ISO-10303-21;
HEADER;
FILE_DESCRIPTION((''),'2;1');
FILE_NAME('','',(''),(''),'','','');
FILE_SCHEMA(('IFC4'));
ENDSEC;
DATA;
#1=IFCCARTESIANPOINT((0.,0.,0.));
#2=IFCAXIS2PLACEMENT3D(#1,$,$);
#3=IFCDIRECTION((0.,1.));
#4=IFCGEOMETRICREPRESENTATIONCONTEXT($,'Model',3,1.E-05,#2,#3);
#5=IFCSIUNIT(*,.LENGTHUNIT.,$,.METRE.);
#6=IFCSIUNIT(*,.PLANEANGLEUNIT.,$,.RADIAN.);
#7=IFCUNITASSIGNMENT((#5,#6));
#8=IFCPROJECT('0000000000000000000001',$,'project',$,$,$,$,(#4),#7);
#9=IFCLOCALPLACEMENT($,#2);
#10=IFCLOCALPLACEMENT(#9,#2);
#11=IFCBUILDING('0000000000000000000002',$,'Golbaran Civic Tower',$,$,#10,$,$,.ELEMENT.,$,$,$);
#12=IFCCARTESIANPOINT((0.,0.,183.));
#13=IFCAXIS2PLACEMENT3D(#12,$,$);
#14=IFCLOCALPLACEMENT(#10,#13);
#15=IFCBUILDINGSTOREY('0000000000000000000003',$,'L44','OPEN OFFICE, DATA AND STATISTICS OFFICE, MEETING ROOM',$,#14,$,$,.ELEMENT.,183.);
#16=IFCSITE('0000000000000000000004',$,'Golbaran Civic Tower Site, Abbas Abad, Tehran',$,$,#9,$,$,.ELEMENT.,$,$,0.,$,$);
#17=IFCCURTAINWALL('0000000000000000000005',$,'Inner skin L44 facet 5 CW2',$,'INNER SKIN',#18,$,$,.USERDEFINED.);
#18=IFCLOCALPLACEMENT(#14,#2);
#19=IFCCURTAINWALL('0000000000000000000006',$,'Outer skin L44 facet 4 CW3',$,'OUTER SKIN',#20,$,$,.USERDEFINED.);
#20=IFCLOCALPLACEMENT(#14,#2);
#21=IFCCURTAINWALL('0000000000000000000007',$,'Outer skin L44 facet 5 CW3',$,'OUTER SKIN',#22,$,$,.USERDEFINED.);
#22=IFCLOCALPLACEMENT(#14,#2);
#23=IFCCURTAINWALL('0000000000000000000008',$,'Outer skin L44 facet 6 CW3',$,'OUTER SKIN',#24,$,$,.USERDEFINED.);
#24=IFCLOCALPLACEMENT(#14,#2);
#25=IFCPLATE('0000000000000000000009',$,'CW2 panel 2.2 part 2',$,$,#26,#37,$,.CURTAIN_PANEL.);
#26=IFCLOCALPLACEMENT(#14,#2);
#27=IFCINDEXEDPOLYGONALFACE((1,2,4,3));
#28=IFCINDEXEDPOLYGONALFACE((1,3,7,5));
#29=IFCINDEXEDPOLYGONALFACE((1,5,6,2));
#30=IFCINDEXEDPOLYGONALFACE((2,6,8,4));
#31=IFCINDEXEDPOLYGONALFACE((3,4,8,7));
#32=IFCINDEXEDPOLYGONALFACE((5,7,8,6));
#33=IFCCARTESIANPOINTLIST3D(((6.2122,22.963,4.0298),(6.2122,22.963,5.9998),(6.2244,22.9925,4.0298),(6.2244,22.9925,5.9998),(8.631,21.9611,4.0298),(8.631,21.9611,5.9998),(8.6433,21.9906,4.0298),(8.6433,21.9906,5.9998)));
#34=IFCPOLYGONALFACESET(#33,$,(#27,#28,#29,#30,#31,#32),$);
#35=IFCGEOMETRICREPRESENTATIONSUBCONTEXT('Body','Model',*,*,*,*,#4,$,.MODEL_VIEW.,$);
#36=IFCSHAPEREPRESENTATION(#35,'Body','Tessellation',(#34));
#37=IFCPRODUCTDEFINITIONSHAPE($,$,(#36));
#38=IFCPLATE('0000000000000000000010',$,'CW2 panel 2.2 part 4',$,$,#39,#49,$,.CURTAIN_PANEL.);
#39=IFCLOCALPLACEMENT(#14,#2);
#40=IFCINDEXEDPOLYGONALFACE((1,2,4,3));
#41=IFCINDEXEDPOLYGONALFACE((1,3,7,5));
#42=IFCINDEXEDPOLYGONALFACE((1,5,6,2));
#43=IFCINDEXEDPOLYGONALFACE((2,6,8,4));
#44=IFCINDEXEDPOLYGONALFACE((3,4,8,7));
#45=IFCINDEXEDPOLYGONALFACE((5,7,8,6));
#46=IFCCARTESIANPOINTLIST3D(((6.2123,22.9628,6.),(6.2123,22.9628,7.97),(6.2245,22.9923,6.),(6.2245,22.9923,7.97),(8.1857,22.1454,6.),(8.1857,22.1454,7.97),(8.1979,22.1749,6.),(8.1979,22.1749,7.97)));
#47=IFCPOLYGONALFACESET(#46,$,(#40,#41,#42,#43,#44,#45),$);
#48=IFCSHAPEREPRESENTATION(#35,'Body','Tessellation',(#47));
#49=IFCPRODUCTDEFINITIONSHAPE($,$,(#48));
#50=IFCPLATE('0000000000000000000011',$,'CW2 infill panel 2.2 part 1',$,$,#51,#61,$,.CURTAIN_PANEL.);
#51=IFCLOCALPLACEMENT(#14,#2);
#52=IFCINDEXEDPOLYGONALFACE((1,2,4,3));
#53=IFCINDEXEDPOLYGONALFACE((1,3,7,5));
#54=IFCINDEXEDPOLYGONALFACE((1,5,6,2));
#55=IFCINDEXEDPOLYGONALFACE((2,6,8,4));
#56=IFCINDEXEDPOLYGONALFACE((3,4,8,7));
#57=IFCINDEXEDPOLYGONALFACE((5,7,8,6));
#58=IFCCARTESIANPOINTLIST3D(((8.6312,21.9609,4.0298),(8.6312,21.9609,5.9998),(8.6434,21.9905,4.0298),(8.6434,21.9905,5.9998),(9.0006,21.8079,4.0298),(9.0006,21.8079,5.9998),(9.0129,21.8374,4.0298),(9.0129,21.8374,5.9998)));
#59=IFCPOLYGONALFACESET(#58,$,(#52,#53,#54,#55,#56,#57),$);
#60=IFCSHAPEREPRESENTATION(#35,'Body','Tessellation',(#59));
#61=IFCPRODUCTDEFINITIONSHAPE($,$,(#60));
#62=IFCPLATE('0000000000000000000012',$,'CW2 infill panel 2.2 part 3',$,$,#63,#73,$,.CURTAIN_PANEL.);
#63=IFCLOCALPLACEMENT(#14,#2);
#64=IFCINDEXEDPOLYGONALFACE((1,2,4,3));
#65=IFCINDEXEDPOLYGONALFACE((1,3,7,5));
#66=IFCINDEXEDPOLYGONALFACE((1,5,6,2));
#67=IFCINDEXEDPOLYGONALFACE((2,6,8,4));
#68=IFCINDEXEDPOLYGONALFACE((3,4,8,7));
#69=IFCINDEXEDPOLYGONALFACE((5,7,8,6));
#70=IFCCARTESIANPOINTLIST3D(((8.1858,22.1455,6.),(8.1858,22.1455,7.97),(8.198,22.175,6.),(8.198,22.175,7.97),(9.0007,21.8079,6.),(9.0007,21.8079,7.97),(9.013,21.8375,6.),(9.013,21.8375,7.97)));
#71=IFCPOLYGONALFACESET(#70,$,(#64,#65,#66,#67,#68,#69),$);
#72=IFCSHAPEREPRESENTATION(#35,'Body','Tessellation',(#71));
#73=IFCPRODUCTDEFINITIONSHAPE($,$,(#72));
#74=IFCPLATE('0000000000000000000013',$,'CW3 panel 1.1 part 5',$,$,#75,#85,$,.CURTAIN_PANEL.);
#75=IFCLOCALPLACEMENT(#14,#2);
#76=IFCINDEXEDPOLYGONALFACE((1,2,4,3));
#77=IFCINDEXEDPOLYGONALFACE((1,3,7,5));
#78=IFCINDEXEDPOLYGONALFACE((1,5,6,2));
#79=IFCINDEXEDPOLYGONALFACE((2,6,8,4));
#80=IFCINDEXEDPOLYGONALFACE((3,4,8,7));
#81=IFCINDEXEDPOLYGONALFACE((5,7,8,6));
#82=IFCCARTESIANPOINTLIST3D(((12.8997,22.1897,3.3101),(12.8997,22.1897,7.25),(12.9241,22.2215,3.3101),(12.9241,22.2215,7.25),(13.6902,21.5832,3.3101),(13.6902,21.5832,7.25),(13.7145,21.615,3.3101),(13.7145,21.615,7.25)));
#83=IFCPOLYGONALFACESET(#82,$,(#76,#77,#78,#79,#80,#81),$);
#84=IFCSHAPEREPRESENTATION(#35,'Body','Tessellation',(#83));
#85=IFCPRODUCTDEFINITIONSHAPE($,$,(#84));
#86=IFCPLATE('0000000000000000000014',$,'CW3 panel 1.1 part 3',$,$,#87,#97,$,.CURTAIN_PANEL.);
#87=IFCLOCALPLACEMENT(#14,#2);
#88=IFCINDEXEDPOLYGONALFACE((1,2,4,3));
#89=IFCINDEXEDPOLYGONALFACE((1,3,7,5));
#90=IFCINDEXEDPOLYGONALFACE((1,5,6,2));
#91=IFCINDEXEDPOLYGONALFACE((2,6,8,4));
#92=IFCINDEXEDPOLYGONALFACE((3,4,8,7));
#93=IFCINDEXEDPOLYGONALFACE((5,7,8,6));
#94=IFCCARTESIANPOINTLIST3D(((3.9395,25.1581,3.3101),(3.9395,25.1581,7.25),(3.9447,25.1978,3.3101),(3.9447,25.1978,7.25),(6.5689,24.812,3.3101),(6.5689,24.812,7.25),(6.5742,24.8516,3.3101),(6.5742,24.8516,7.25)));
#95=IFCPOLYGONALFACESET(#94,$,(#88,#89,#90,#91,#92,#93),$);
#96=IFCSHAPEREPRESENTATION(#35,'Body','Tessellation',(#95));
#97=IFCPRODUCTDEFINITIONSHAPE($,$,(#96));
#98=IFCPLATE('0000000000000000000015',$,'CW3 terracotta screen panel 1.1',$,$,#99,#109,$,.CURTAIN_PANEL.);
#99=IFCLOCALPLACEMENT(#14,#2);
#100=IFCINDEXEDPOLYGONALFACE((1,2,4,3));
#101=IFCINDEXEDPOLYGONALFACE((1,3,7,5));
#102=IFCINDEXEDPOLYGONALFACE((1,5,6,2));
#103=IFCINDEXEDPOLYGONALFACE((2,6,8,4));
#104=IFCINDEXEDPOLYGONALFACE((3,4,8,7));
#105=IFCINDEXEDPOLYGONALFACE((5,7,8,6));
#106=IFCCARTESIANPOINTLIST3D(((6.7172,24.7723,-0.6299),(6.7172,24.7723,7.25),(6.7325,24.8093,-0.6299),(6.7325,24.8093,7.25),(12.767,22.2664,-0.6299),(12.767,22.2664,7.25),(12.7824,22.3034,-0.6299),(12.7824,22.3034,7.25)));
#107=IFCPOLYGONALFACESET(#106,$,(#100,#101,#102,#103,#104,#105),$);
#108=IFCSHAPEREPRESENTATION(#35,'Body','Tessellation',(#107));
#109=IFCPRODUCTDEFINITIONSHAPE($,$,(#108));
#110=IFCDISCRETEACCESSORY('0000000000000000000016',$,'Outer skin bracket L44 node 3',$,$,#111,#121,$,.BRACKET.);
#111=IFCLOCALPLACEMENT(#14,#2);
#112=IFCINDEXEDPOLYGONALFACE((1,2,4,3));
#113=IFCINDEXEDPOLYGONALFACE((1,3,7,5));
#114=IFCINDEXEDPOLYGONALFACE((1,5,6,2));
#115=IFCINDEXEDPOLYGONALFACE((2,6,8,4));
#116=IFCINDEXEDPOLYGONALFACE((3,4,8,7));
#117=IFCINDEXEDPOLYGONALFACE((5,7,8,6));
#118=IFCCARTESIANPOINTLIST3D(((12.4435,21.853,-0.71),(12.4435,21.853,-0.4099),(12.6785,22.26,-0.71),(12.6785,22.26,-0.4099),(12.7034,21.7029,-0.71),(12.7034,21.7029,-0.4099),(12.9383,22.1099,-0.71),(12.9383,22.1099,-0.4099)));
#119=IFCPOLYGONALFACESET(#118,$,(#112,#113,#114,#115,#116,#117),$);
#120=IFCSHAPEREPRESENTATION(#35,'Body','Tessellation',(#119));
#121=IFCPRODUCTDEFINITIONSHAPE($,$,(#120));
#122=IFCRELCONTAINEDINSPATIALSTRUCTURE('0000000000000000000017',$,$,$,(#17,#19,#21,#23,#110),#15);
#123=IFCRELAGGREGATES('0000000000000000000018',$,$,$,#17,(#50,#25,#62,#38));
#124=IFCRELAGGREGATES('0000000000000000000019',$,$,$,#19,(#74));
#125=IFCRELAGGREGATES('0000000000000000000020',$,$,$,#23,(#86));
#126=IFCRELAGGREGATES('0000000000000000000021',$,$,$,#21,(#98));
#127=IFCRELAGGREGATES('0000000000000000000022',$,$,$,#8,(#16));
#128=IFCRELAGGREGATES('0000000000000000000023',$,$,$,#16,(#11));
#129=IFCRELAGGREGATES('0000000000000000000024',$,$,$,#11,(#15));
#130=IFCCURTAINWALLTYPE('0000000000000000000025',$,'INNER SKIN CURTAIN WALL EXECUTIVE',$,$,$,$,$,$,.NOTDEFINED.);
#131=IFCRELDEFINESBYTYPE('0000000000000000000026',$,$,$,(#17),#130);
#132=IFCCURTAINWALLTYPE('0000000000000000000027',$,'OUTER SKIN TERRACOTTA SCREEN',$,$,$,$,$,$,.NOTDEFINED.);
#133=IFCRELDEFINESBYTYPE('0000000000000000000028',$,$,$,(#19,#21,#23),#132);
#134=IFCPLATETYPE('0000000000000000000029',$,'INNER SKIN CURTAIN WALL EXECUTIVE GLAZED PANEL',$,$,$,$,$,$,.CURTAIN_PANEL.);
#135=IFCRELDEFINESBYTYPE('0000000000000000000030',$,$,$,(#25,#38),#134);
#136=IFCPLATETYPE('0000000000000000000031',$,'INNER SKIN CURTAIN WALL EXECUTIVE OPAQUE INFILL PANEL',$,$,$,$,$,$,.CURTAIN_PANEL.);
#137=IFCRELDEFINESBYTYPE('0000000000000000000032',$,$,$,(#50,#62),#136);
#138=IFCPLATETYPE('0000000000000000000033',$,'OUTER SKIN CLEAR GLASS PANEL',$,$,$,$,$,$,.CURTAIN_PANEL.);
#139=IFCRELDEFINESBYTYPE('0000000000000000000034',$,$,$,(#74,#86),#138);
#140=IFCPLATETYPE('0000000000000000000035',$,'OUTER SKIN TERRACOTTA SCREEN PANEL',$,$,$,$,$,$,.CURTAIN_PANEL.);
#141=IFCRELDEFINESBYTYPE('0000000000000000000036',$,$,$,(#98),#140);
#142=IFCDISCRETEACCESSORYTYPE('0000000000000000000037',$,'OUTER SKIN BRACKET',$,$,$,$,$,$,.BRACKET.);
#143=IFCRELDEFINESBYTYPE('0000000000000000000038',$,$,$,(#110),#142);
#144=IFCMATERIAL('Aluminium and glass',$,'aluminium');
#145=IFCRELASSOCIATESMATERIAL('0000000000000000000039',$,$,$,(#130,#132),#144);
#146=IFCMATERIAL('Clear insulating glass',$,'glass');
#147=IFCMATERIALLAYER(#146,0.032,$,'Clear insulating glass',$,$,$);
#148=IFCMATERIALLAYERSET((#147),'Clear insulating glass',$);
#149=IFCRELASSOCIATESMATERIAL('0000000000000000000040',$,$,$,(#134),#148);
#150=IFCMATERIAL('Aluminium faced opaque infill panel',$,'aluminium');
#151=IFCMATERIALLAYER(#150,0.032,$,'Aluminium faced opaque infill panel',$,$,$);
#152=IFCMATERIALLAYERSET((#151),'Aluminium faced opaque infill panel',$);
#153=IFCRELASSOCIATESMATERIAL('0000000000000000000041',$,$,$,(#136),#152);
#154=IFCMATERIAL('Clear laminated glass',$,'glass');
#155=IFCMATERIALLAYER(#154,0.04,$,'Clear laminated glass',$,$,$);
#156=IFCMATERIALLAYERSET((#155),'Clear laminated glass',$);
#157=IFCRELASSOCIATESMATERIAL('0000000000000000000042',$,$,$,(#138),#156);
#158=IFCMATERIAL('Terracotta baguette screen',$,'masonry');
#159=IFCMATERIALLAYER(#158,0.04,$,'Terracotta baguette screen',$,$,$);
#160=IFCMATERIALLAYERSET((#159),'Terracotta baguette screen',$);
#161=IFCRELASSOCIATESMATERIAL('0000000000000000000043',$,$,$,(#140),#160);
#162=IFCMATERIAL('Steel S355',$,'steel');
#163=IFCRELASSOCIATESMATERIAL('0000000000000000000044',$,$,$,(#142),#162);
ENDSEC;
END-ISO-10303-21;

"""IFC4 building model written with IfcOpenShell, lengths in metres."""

from ifc_helpers import new_model, si_unit, direction, frame, origin, origin_2d, place, context, subcontext, project, spatial, rectangle, extrude, material, layer, layer_set, type_object, element, aggregate, save


model = new_model("IFC4")

# Units and contexts
model_context = context("Model", 3, precision=1e-05, world=origin(), true_north=direction((0.0, 1.0)))
body_context = subcontext(model_context, "Body", "Model", "MODEL_VIEW")
ifc_project = project(units=[si_unit("LENGTHUNIT", "METRE"), si_unit("PLANEANGLEUNIT", "RADIAN")], contexts=[model_context])

# Site, building, storey
site_placement = place(None, origin())
site = spatial("IfcSite", under=ifc_project, at=site_placement, Name="Golbaran Civic Tower Site, Abbas Abad, Tehran", CompositionType="ELEMENT", RefElevation=0.0)
building_placement = place(site_placement, origin())
building = spatial("IfcBuilding", under=site, at=building_placement, Name="Golbaran Civic Tower", CompositionType="ELEMENT")
storey_placement = place(building_placement, frame((0.0, 0.0, 183.0)))
storey = spatial("IfcBuildingStorey", under=building, at=storey_placement, Name="L44", Description="OPEN OFFICE, DATA AND STATISTICS OFFICE, MEETING ROOM", CompositionType="ELEMENT", Elevation=183.0)

# Curtain wall
ifc_material_1 = material(Name="Aluminium and glass", Category="aluminium")
curtain_wall_type_1 = type_object("IfcCurtainWallType", Name="INNER SKIN CURTAIN WALL EXECUTIVE", PredefinedType="NOTDEFINED", material=ifc_material_1)
curtain_wall_1_placement = place(storey_placement, origin())
curtain_wall_1 = element("IfcCurtainWall", 1, at=curtain_wall_1_placement, inside=storey, type_object=curtain_wall_type_1, Name="Inner skin L44 facet 5 CW2", ObjectType="INNER SKIN", PredefinedType="USERDEFINED")

# Curtain wall
curtain_wall_type_2 = type_object("IfcCurtainWallType", Name="OUTER SKIN TERRACOTTA SCREEN", PredefinedType="NOTDEFINED", material=ifc_material_1)
curtain_wall_2_placement = place(storey_placement, origin())
curtain_wall_2 = element("IfcCurtainWall", 2, at=curtain_wall_2_placement, inside=storey, type_object=curtain_wall_type_2, Name="Outer skin L44 facet 4 CW3", ObjectType="OUTER SKIN", PredefinedType="USERDEFINED")

# Curtain wall
curtain_wall_3_placement = place(storey_placement, origin())
curtain_wall_3 = element("IfcCurtainWall", 3, at=curtain_wall_3_placement, inside=storey, type_object=curtain_wall_type_2, Name="Outer skin L44 facet 5 CW3", ObjectType="OUTER SKIN", PredefinedType="USERDEFINED")

# Curtain wall
curtain_wall_4_placement = place(storey_placement, origin())
curtain_wall_4 = element("IfcCurtainWall", 4, at=curtain_wall_4_placement, inside=storey, type_object=curtain_wall_type_2, Name="Outer skin L44 facet 6 CW3", ObjectType="OUTER SKIN", PredefinedType="USERDEFINED")

# Plates
ifc_material_2 = material(Name="Clear insulating glass", Category="glass")
ifc_layer_1 = layer(ifc_material_2, 0.032, Name="Clear insulating glass")
ifc_layer_set_1 = layer_set([ifc_layer_1], Name="Clear insulating glass")
plate_type_1 = type_object("IfcPlateType", Name="INNER SKIN CURTAIN WALL EXECUTIVE GLAZED PANEL", PredefinedType="CURTAIN_PANEL", material=ifc_layer_set_1)
plate_1_placement = place(storey_placement, frame((7.4277, 22.4768, 4.0298), z_axis=(0.0, 0.0, 1.0), x_axis=(-0.92388, 0.382683, 0.0)))
plate_1 = element("IfcPlate", 5, at=plate_1_placement, type_object=plate_type_1, Name="CW2 panel 2.2 part 2", PredefinedType="CURTAIN_PANEL", context=body_context, shape_type="SweptSolid", body=[
    extrude(rectangle(XDim=2.6182, YDim=0.032, at=origin_2d()), origin(), (0.0, 0.0, 1.0), 1.97),
])
plate_2_placement = place(storey_placement, frame((7.2051, 22.5688, 6.0), z_axis=(0.0, 0.0, 1.0), x_axis=(-0.92388, 0.382683, 0.0)))
plate_2 = element("IfcPlate", 6, at=plate_2_placement, type_object=plate_type_1, Name="CW2 panel 2.2 part 4", PredefinedType="CURTAIN_PANEL", context=body_context, shape_type="SweptSolid", body=[
    extrude(rectangle(XDim=2.136, YDim=0.032, at=origin_2d()), origin(), (0.0, 0.0, 1.0), 1.97),
])
ifc_material_3 = material(Name="Aluminium faced opaque infill panel", Category="aluminium")
ifc_layer_2 = layer(ifc_material_3, 0.032, Name="Aluminium faced opaque infill panel")
ifc_layer_set_2 = layer_set([ifc_layer_2], Name="Aluminium faced opaque infill panel")
plate_type_2 = type_object("IfcPlateType", Name="INNER SKIN CURTAIN WALL EXECUTIVE OPAQUE INFILL PANEL", PredefinedType="CURTAIN_PANEL", material=ifc_layer_set_2)
plate_3_placement = place(storey_placement, frame((8.822, 21.8992, 4.0298), z_axis=(0.0, 0.0, 1.0), x_axis=(-0.92388, 0.382683, 0.0)))
plate_3 = element("IfcPlate", 7, at=plate_3_placement, type_object=plate_type_2, Name="CW2 infill panel 2.2 part 1", PredefinedType="CURTAIN_PANEL", context=body_context, shape_type="SweptSolid", body=[
    extrude(rectangle(XDim=0.3999, YDim=0.032, at=origin_2d()), origin(), (0.0, 0.0, 1.0), 1.97),
])
plate_4_placement = place(storey_placement, frame((8.5994, 21.9915, 6.0), z_axis=(0.0, 0.0, 1.0), x_axis=(-0.92388, 0.382683, 0.0)))
plate_4 = element("IfcPlate", 8, at=plate_4_placement, type_object=plate_type_2, Name="CW2 infill panel 2.2 part 3", PredefinedType="CURTAIN_PANEL", context=body_context, shape_type="SweptSolid", body=[
    extrude(rectangle(XDim=0.8821, YDim=0.032, at=origin_2d()), origin(), (0.0, 0.0, 1.0), 1.97),
])
aggregate(curtain_wall_1, [plate_3, plate_1, plate_4, plate_2])
ifc_material_4 = material(Name="Clear laminated glass", Category="glass")
ifc_layer_3 = layer(ifc_material_4, 0.04, Name="Clear laminated glass")
ifc_layer_set_3 = layer_set([ifc_layer_3], Name="Clear laminated glass")
plate_type_3 = type_object("IfcPlateType", Name="OUTER SKIN CLEAR GLASS PANEL", PredefinedType="CURTAIN_PANEL", material=ifc_layer_set_3)
plate_5_placement = place(storey_placement, frame((13.3071, 21.9023, 3.3101), z_axis=(0.0, 0.0, 1.0), x_axis=(-0.793353, 0.608761, 0.0)))
plate_5 = element("IfcPlate", 9, at=plate_5_placement, type_object=plate_type_3, Name="CW3 panel 1.1 part 5", PredefinedType="CURTAIN_PANEL", context=body_context, shape_type="SweptSolid", body=[
    extrude(rectangle(XDim=0.9963, YDim=0.04, at=origin_2d()), origin(), (0.0, 0.0, 1.0), 3.9399),
])
aggregate(curtain_wall_2, [plate_5])
plate_6_placement = place(storey_placement, frame((5.2568, 25.0049, 3.3101), z_axis=(0.0, 0.0, 1.0), x_axis=(-0.991445, 0.130526, 0.0)))
plate_6 = element("IfcPlate", 10, at=plate_6_placement, type_object=plate_type_3, Name="CW3 panel 1.1 part 3", PredefinedType="CURTAIN_PANEL", context=body_context, shape_type="SweptSolid", body=[
    extrude(rectangle(XDim=2.6521, YDim=0.04, at=origin_2d()), origin(), (0.0, 0.0, 1.0), 3.9399),
])
aggregate(curtain_wall_4, [plate_6])
ifc_material_5 = material(Name="Terracotta baguette screen", Category="masonry")
ifc_layer_4 = layer(ifc_material_5, 0.04, Name="Terracotta baguette screen")
ifc_layer_set_4 = layer_set([ifc_layer_4], Name="Terracotta baguette screen")
plate_type_4 = type_object("IfcPlateType", Name="OUTER SKIN TERRACOTTA SCREEN PANEL", PredefinedType="CURTAIN_PANEL", material=ifc_layer_set_4)
plate_7_placement = place(storey_placement, frame((9.7498, 23.5378, -0.6299), z_axis=(0.0, 0.0, 1.0), x_axis=(-0.92388, 0.382683, 0.0)))
plate_7 = element("IfcPlate", 11, at=plate_7_placement, type_object=plate_type_4, Name="CW3 terracotta screen panel 1.1", PredefinedType="CURTAIN_PANEL", context=body_context, shape_type="SweptSolid", body=[
    extrude(rectangle(XDim=6.5483, YDim=0.04, at=origin_2d()), origin(), (0.0, 0.0, 1.0), 7.8799),
])
aggregate(curtain_wall_3, [plate_7])

# Discrete accessory
ifc_material_6 = material(Name="Steel S355", Category="steel")
discrete_accessory_type = type_object("IfcDiscreteAccessoryType", Name="OUTER SKIN BRACKET", PredefinedType="BRACKET", material=ifc_material_6)
discrete_accessory_placement = place(storey_placement, frame((12.6909, 21.9814, -0.71), z_axis=(0.0, 0.0, 1.0), x_axis=(0.5, 0.866025, 0.0)))
element("IfcDiscreteAccessory", 12, at=discrete_accessory_placement, inside=storey, type_object=discrete_accessory_type, Name="Outer skin bracket L44 node 3", PredefinedType="BRACKET", context=body_context, shape_type="SweptSolid", body=[
    extrude(rectangle(XDim=0.47, YDim=0.3, at=origin_2d()), origin(), (0.0, 0.0, 1.0), 0.3),
])

save(model, "model.ifc")
